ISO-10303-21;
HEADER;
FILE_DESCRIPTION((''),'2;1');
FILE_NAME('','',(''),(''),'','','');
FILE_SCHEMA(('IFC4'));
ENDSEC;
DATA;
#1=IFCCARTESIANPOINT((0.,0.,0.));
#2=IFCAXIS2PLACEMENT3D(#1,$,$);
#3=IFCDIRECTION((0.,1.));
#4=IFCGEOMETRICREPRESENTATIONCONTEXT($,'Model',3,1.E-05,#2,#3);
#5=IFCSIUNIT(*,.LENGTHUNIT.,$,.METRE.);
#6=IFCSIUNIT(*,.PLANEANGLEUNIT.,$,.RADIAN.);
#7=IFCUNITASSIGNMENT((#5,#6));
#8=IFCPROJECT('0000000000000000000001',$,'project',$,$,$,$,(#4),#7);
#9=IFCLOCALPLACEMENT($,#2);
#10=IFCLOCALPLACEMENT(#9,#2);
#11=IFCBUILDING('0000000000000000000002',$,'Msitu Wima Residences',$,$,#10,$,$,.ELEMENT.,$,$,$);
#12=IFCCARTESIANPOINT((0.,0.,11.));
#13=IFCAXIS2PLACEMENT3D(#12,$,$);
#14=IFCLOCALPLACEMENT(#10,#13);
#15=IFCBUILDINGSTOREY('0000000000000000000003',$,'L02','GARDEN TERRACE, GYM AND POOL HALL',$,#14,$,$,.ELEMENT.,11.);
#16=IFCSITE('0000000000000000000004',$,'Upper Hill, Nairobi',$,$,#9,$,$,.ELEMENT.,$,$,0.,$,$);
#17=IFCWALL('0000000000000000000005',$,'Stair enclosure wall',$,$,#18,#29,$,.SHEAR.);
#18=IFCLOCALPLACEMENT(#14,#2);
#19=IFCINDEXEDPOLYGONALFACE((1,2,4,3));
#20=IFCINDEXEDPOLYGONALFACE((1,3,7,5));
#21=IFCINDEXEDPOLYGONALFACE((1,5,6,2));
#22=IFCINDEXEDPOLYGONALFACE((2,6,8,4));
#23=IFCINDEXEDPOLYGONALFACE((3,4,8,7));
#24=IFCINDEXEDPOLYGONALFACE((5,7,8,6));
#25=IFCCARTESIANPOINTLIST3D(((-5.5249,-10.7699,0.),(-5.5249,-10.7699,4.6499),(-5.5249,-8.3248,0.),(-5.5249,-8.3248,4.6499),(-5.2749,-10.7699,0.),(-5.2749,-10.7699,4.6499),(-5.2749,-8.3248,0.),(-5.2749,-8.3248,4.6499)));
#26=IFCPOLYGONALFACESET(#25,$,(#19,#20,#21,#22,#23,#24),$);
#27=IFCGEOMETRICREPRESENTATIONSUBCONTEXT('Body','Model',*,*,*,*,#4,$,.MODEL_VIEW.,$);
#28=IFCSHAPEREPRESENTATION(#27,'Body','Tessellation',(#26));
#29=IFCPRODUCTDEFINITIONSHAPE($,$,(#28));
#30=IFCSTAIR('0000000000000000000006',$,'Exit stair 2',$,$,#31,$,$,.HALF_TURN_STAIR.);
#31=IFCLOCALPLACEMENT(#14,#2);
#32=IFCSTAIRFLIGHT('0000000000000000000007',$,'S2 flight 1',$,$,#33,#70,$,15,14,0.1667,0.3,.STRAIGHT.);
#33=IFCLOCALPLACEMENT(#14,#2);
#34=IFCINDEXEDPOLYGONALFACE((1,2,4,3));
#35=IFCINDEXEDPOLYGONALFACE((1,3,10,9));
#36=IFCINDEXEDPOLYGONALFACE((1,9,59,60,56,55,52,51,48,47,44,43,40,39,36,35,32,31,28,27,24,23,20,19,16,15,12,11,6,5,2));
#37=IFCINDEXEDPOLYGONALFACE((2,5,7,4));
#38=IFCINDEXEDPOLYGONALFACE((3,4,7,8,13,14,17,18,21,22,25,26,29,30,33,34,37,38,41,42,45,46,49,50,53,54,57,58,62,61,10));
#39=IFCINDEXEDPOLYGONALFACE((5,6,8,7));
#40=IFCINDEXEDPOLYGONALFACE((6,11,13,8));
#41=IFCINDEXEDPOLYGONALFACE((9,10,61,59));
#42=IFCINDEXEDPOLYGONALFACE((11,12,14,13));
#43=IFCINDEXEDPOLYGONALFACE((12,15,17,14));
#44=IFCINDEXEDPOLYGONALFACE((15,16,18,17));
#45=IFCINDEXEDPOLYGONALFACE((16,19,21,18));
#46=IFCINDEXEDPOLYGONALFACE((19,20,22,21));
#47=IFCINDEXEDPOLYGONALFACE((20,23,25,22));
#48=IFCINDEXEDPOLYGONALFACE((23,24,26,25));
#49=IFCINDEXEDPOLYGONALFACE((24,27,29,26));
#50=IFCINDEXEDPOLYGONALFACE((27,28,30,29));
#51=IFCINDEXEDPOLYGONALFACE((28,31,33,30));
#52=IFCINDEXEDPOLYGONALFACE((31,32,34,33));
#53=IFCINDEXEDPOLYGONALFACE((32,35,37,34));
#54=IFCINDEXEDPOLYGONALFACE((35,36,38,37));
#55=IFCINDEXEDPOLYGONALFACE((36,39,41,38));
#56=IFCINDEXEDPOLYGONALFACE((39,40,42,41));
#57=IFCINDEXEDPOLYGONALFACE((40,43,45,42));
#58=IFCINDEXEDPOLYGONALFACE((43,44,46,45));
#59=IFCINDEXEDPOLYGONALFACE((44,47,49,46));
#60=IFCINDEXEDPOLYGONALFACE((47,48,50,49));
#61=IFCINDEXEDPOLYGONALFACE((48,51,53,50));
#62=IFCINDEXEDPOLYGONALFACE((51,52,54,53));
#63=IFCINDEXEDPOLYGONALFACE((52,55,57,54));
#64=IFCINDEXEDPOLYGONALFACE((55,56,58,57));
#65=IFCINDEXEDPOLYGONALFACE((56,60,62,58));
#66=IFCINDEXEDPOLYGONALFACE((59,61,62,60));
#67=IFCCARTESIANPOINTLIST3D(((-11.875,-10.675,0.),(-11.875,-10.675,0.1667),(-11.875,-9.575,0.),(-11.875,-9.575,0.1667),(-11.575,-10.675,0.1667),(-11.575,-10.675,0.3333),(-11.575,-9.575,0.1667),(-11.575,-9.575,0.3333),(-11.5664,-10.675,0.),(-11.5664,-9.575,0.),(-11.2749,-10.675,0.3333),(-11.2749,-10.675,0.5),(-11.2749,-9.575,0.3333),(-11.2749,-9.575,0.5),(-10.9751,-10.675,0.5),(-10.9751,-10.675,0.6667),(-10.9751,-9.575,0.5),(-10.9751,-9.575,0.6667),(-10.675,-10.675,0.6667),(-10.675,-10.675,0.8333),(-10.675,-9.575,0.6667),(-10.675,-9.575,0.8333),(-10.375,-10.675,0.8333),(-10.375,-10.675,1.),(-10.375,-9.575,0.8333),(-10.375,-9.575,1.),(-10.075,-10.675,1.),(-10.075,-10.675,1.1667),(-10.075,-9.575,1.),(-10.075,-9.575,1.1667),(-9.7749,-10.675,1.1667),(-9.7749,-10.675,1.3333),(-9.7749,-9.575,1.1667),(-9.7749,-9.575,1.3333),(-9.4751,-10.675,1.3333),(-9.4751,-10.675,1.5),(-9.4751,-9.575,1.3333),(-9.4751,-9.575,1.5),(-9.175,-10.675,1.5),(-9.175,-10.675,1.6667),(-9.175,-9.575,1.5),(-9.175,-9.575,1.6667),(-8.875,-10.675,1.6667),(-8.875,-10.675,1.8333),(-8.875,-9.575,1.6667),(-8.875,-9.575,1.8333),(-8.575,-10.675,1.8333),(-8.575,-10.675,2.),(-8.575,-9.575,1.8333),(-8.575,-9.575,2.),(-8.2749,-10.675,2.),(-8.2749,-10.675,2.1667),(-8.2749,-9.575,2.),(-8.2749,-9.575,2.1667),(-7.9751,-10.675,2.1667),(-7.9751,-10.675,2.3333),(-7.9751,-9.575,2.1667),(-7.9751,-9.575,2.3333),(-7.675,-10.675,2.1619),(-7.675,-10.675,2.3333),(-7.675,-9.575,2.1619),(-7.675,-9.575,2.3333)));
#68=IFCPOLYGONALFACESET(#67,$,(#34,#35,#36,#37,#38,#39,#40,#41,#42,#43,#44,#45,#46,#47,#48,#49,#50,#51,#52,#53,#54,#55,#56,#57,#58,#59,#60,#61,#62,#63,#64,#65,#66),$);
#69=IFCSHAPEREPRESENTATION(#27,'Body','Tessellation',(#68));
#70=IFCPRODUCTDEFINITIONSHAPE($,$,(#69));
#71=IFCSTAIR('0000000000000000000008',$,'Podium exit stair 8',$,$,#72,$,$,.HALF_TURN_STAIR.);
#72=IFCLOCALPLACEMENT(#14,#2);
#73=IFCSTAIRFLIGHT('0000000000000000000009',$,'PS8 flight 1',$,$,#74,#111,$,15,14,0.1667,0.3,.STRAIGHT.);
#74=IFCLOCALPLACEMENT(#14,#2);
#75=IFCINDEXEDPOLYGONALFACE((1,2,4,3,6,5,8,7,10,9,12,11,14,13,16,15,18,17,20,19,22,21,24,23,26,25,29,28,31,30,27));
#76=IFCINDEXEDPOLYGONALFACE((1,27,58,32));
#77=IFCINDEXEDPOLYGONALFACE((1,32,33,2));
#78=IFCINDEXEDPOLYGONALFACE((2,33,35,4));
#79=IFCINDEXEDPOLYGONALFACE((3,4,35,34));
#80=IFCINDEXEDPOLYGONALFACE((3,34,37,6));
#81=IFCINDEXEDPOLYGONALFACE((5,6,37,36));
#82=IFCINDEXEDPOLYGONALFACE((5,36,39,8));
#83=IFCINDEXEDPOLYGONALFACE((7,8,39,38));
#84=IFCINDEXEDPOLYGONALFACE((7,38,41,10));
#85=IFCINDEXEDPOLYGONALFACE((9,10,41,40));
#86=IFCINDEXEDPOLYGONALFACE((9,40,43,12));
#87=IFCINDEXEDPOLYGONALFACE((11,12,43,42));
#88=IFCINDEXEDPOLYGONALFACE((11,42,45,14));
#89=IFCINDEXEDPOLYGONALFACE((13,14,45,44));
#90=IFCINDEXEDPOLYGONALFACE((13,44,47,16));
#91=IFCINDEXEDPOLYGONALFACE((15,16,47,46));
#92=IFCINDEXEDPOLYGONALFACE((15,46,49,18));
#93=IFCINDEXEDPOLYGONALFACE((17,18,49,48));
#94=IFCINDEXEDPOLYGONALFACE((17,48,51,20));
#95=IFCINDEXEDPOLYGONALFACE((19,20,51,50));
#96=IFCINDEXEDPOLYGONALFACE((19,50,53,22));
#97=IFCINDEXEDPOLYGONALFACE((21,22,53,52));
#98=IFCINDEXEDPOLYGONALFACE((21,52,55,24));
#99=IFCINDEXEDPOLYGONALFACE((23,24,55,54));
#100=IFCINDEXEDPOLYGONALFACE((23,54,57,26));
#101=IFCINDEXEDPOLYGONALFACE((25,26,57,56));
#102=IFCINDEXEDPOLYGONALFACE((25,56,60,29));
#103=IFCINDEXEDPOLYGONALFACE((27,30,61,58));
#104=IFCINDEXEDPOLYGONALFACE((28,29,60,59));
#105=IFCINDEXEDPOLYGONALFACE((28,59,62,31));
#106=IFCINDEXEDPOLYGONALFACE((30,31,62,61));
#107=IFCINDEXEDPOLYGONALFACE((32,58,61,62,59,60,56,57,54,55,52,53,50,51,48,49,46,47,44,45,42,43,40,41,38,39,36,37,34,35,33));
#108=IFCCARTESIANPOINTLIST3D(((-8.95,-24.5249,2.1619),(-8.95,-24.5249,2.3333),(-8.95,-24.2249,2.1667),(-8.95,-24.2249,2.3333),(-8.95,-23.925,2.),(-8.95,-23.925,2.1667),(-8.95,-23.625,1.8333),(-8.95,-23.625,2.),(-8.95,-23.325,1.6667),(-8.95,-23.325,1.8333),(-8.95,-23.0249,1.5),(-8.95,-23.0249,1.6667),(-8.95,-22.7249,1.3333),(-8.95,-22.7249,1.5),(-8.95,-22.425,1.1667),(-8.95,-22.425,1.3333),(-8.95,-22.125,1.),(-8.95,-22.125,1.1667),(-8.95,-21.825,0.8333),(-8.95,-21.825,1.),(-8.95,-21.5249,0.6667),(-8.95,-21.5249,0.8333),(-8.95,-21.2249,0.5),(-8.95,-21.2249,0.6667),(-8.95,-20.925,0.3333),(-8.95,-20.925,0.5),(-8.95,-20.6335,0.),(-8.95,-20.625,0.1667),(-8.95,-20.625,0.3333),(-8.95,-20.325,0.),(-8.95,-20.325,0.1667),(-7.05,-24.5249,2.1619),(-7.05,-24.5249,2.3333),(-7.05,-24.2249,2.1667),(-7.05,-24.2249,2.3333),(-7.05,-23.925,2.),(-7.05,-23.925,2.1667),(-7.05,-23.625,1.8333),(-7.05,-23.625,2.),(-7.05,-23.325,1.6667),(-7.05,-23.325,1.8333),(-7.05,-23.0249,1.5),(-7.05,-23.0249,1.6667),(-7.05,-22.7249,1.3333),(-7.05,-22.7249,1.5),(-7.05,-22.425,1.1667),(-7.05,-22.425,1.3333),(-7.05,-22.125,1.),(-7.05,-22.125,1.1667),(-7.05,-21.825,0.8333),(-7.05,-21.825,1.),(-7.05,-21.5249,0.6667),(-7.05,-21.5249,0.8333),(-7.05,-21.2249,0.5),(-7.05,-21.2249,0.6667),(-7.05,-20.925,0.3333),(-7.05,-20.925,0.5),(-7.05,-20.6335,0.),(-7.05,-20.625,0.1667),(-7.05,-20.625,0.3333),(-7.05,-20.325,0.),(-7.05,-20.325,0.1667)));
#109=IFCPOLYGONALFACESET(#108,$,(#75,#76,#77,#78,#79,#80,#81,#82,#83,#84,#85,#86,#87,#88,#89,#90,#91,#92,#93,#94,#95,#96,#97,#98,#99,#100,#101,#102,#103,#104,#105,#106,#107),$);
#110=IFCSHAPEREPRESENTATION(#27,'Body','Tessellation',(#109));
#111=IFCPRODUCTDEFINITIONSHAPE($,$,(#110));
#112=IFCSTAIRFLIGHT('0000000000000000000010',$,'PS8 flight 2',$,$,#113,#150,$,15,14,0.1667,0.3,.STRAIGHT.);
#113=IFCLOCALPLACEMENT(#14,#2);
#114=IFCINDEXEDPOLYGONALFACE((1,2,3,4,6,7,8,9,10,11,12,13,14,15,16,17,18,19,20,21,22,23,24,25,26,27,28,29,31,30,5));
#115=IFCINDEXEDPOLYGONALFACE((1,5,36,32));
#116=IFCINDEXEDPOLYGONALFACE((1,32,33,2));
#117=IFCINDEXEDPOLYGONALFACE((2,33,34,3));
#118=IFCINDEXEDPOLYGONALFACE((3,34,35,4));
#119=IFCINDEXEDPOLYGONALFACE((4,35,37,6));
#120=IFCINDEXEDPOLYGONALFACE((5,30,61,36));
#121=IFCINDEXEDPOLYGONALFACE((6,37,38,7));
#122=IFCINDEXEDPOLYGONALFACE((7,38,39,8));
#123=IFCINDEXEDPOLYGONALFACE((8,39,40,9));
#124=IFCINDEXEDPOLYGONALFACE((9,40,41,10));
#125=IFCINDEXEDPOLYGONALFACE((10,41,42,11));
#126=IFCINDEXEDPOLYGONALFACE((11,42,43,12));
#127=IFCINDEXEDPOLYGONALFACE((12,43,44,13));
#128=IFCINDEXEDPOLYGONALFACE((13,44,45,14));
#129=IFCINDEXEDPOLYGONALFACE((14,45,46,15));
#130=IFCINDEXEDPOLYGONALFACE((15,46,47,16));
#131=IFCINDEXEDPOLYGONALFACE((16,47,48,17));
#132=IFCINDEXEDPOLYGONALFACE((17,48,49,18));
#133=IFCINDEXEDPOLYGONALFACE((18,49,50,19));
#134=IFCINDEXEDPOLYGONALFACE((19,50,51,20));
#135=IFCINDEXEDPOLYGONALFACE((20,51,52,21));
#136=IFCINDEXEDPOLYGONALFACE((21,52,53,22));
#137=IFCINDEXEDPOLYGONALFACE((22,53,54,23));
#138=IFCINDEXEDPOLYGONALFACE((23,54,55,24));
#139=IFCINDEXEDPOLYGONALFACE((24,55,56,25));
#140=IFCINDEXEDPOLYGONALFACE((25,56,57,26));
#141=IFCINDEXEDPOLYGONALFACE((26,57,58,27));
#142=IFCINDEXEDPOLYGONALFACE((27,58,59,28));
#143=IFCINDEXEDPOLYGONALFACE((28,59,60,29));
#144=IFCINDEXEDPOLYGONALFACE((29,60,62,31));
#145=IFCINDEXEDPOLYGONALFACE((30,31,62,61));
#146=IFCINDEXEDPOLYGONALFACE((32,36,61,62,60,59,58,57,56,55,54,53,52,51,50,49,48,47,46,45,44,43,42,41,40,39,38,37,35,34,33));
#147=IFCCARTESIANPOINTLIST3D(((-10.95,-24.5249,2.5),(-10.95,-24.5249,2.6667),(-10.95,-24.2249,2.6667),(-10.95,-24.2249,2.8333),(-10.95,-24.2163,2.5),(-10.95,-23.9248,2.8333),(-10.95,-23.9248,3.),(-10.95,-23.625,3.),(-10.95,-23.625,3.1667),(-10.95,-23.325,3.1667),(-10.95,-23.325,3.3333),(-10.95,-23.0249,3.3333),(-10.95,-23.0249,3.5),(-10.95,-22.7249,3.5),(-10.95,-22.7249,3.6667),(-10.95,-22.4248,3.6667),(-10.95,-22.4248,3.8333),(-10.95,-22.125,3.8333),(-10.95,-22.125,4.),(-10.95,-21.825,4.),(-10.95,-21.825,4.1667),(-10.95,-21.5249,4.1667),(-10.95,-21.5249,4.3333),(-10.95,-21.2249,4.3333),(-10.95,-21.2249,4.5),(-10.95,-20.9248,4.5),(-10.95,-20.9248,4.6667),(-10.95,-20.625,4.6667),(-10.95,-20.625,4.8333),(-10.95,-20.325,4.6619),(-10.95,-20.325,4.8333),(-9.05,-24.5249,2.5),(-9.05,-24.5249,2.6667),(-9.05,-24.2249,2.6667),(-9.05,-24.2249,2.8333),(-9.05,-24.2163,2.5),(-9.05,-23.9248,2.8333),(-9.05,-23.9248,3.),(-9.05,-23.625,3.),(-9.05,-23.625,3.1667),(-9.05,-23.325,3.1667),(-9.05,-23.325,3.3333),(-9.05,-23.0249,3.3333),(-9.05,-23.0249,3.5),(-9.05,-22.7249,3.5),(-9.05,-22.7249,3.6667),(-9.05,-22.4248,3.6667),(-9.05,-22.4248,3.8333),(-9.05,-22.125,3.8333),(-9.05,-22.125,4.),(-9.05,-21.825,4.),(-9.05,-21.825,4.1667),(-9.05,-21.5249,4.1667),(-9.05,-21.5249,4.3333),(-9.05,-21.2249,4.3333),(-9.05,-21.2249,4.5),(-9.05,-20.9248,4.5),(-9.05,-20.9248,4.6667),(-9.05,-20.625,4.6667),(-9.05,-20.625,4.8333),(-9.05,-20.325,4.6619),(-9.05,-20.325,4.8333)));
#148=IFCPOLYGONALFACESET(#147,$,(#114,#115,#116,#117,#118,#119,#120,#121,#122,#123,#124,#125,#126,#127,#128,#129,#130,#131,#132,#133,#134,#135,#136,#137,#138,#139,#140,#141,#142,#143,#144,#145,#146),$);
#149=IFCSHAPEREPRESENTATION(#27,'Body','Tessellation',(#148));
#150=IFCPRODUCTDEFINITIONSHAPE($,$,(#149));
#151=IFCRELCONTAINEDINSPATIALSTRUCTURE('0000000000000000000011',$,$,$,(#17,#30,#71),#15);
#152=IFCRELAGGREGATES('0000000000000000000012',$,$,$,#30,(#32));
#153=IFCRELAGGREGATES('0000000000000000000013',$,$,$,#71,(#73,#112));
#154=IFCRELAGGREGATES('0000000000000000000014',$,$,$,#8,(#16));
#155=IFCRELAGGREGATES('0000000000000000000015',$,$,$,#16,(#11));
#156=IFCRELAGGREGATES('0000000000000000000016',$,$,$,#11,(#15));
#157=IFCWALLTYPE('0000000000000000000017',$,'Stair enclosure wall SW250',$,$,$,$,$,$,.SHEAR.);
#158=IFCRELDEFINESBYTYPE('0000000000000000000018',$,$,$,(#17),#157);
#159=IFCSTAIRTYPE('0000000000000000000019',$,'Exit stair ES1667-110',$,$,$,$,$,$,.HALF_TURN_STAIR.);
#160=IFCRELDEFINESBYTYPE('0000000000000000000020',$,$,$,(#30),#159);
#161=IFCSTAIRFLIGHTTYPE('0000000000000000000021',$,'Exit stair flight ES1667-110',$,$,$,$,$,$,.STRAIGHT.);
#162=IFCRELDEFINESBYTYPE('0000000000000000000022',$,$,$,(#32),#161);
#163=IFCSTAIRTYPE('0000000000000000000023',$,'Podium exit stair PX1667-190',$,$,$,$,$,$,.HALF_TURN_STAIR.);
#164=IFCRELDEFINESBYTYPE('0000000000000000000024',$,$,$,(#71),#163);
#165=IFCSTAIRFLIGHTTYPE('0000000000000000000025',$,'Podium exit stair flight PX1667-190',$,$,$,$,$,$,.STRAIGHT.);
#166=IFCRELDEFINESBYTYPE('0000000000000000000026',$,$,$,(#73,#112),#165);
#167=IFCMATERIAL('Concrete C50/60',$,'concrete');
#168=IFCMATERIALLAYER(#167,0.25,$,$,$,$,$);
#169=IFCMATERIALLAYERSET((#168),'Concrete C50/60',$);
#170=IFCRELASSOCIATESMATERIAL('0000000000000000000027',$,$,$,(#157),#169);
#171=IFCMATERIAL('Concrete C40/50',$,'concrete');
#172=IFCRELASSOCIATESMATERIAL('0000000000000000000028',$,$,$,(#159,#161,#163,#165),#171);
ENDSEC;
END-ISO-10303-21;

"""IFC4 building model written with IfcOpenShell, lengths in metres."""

from ifc_helpers import new_model, si_unit, direction, frame, frame_2d, origin, place, context, subcontext, project, spatial, polyline, rectangle, outline, extrude, material, layer, layer_set, type_object, element, aggregate, save


model = new_model("IFC4")

# Units and contexts
model_context = context("Model", 3, precision=1e-05, world=origin(), true_north=direction((0.0, 1.0)))
body_context = subcontext(model_context, "Body", "Model", "MODEL_VIEW")
ifc_project = project(units=[si_unit("LENGTHUNIT", "METRE"), si_unit("PLANEANGLEUNIT", "RADIAN")], contexts=[model_context])

# Site, building, storey
site_placement = place(None, origin())
site = spatial("IfcSite", under=ifc_project, at=site_placement, Name="Upper Hill, Nairobi", CompositionType="ELEMENT", RefElevation=0.0)
building_placement = place(site_placement, origin())
building = spatial("IfcBuilding", under=site, at=building_placement, Name="Msitu Wima Residences", CompositionType="ELEMENT")
storey_placement = place(building_placement, frame((0.0, 0.0, 11.0)))
storey = spatial("IfcBuildingStorey", under=building, at=storey_placement, Name="L02", Description="GARDEN TERRACE, GYM AND POOL HALL", CompositionType="ELEMENT", Elevation=11.0)

# Shared definitions
ifc_material_1 = material(Name="Concrete C40/50", Category="concrete")

# Shared definitions
ifc_material_2 = material(Name="Concrete C50/60", Category="concrete")
ifc_layer_1 = layer(ifc_material_2, 0.25)
ifc_layer_set_1 = layer_set([ifc_layer_1], Name="Concrete C50/60")
wall_type_1 = type_object("IfcWallType", Name="Stair enclosure wall SW250", PredefinedType="SHEAR", material=ifc_layer_set_1)

# Wall
wall_1_placement = place(storey_placement, frame((-5.3999, -10.77, 0.0), z_axis=(0.0, 0.0, 1.0), x_axis=(0.0, 1.0, 0.0)))
element("IfcWall", 1, at=wall_1_placement, inside=storey, type_object=wall_type_1, Name="Stair enclosure wall", PredefinedType="SHEAR", context=body_context, shape_type="SweptSolid", body=[
    extrude(rectangle(XDim=2.4451, YDim=0.25, at=frame_2d((1.2227, 0.0))), origin(), (0.0, 0.0, 1.0), 4.6499),
])

# Stair, stair flight
stair_type_1 = type_object("IfcStairType", Name="Exit stair ES1667-110", PredefinedType="HALF_TURN_STAIR", material=ifc_material_1)
stair_1_placement = place(storey_placement, origin())
stair_1 = element("IfcStair", 2, at=stair_1_placement, inside=storey, type_object=stair_type_1, Name="Exit stair 2", PredefinedType="HALF_TURN_STAIR")
stair_flight_type_1 = type_object("IfcStairFlightType", Name="Exit stair flight ES1667-110", PredefinedType="STRAIGHT", material=ifc_material_1)
stair_flight_1_placement = place(storey_placement, frame((-11.875, -10.125, 0.0), z_axis=(0.0, 0.0, 1.0), x_axis=(1.0, 0.0, 0.0)))
stair_flight_1 = element("IfcStairFlight", 3, at=stair_flight_1_placement, type_object=stair_flight_type_1, Name="S2 flight 1", NumberOfRisers=15, NumberOfTreads=14, PredefinedType="STRAIGHT", RiserHeight=0.1667, TreadLength=0.3, context=body_context, shape_type="SweptSolid", body=[
    extrude(outline(polyline([(0.0, 0.0), (0.0, 0.1667), (0.3, 0.1667), (0.3, 0.3333), (0.6001, 0.3333), (0.6001, 0.5), (0.8999, 0.5), (0.8999, 0.6667), (1.2, 0.6667), (1.2, 0.8333), (1.5, 0.8333), (1.5, 1.0), (1.8, 1.0), (1.8, 1.1667), (2.1001, 1.1667), (2.1001, 1.3333), (2.3999, 1.3333), (2.3999, 1.5), (2.7, 1.5), (2.7, 1.6667), (3.0, 1.6667), (3.0, 1.8333), (3.3, 1.8333), (3.3, 2.0), (3.6001, 2.0), (3.6001, 2.1667), (3.8999, 2.1667), (3.8999, 2.3333), (4.2, 2.3333), (4.2, 2.5), (4.2, 2.1619), (0.3086, 0.0), (0.0, 0.0)])), frame((0.0, 0.55, 0.0), z_axis=(0.0, -1.0, 0.0), x_axis=(1.0, 0.0, 0.0)), (0.0, 0.0, 1.0), 1.1001),
])
aggregate(stair_1, [stair_flight_1])

# Stair, stair flights
stair_type_2 = type_object("IfcStairType", Name="Podium exit stair PX1667-190", PredefinedType="HALF_TURN_STAIR", material=ifc_material_1)
stair_2_placement = place(storey_placement, origin())
stair_2 = element("IfcStair", 4, at=stair_2_placement, inside=storey, type_object=stair_type_2, Name="Podium exit stair 8", PredefinedType="HALF_TURN_STAIR")
stair_flight_type_2 = type_object("IfcStairFlightType", Name="Podium exit stair flight PX1667-190", PredefinedType="STRAIGHT", material=ifc_material_1)
stair_flight_2_placement = place(storey_placement, frame((-8.0, -20.325, 0.0), z_axis=(0.0, 0.0, 1.0), x_axis=(0.0, -1.0, 0.0)))
stair_flight_2 = element("IfcStairFlight", 5, at=stair_flight_2_placement, type_object=stair_flight_type_2, Name="PS8 flight 1", NumberOfRisers=15, NumberOfTreads=14, PredefinedType="STRAIGHT", RiserHeight=0.1667, TreadLength=0.3, context=body_context, shape_type="SweptSolid", body=[
    extrude(outline(polyline([(0.0, 0.0), (0.0, 0.1667), (0.3, 0.1667), (0.3, 0.3333), (0.6001, 0.3333), (0.6001, 0.5), (0.8999, 0.5), (0.8999, 0.6667), (1.2, 0.6667), (1.2, 0.8333), (1.5, 0.8333), (1.5, 1.0), (1.8, 1.0), (1.8, 1.1667), (2.1001, 1.1667), (2.1001, 1.3333), (2.3999, 1.3333), (2.3999, 1.5), (2.7, 1.5), (2.7, 1.6667), (3.0, 1.6667), (3.0, 1.8333), (3.3, 1.8333), (3.3, 2.0), (3.6001, 2.0), (3.6001, 2.1667), (3.8999, 2.1667), (3.8999, 2.3333), (4.2, 2.3333), (4.2, 2.5), (4.2, 2.1619), (0.3086, 0.0), (0.0, 0.0)])), frame((0.0, 0.95, 0.0), z_axis=(0.0, -1.0, 0.0), x_axis=(1.0, 0.0, 0.0)), (0.0, 0.0, 1.0), 1.8999),
])
stair_flight_3_placement = place(storey_placement, frame((-10.0, -24.5249, 2.5), z_axis=(0.0, 0.0, 1.0), x_axis=(0.0, 1.0, 0.0)))
stair_flight_3 = element("IfcStairFlight", 6, at=stair_flight_3_placement, type_object=stair_flight_type_2, Name="PS8 flight 2", NumberOfRisers=15, NumberOfTreads=14, PredefinedType="STRAIGHT", RiserHeight=0.1667, TreadLength=0.3, context=body_context, shape_type="SweptSolid", body=[
    extrude(outline(polyline([(0.0, 0.0), (0.0, 0.1667), (0.3, 0.1667), (0.3, 0.3333), (0.6001, 0.3333), (0.6001, 0.5), (0.8999, 0.5), (0.8999, 0.6667), (1.2, 0.6667), (1.2, 0.8333), (1.5, 0.8333), (1.5, 1.0), (1.8, 1.0), (1.8, 1.1667), (2.1001, 1.1667), (2.1001, 1.3333), (2.3999, 1.3333), (2.3999, 1.5), (2.7, 1.5), (2.7, 1.6667), (3.0, 1.6667), (3.0, 1.8333), (3.3, 1.8333), (3.3, 2.0), (3.6001, 2.0), (3.6001, 2.1667), (3.8999, 2.1667), (3.8999, 2.3333), (4.2, 2.3333), (4.2, 2.5), (4.2, 2.1619), (0.3086, 0.0), (0.0, 0.0)])), frame((0.0, 0.95, 0.0), z_axis=(0.0, -1.0, 0.0), x_axis=(1.0, 0.0, 0.0)), (0.0, 0.0, 1.0), 1.8999),
])
aggregate(stair_2, [stair_flight_2, stair_flight_3])

save(model, "model.ifc")
